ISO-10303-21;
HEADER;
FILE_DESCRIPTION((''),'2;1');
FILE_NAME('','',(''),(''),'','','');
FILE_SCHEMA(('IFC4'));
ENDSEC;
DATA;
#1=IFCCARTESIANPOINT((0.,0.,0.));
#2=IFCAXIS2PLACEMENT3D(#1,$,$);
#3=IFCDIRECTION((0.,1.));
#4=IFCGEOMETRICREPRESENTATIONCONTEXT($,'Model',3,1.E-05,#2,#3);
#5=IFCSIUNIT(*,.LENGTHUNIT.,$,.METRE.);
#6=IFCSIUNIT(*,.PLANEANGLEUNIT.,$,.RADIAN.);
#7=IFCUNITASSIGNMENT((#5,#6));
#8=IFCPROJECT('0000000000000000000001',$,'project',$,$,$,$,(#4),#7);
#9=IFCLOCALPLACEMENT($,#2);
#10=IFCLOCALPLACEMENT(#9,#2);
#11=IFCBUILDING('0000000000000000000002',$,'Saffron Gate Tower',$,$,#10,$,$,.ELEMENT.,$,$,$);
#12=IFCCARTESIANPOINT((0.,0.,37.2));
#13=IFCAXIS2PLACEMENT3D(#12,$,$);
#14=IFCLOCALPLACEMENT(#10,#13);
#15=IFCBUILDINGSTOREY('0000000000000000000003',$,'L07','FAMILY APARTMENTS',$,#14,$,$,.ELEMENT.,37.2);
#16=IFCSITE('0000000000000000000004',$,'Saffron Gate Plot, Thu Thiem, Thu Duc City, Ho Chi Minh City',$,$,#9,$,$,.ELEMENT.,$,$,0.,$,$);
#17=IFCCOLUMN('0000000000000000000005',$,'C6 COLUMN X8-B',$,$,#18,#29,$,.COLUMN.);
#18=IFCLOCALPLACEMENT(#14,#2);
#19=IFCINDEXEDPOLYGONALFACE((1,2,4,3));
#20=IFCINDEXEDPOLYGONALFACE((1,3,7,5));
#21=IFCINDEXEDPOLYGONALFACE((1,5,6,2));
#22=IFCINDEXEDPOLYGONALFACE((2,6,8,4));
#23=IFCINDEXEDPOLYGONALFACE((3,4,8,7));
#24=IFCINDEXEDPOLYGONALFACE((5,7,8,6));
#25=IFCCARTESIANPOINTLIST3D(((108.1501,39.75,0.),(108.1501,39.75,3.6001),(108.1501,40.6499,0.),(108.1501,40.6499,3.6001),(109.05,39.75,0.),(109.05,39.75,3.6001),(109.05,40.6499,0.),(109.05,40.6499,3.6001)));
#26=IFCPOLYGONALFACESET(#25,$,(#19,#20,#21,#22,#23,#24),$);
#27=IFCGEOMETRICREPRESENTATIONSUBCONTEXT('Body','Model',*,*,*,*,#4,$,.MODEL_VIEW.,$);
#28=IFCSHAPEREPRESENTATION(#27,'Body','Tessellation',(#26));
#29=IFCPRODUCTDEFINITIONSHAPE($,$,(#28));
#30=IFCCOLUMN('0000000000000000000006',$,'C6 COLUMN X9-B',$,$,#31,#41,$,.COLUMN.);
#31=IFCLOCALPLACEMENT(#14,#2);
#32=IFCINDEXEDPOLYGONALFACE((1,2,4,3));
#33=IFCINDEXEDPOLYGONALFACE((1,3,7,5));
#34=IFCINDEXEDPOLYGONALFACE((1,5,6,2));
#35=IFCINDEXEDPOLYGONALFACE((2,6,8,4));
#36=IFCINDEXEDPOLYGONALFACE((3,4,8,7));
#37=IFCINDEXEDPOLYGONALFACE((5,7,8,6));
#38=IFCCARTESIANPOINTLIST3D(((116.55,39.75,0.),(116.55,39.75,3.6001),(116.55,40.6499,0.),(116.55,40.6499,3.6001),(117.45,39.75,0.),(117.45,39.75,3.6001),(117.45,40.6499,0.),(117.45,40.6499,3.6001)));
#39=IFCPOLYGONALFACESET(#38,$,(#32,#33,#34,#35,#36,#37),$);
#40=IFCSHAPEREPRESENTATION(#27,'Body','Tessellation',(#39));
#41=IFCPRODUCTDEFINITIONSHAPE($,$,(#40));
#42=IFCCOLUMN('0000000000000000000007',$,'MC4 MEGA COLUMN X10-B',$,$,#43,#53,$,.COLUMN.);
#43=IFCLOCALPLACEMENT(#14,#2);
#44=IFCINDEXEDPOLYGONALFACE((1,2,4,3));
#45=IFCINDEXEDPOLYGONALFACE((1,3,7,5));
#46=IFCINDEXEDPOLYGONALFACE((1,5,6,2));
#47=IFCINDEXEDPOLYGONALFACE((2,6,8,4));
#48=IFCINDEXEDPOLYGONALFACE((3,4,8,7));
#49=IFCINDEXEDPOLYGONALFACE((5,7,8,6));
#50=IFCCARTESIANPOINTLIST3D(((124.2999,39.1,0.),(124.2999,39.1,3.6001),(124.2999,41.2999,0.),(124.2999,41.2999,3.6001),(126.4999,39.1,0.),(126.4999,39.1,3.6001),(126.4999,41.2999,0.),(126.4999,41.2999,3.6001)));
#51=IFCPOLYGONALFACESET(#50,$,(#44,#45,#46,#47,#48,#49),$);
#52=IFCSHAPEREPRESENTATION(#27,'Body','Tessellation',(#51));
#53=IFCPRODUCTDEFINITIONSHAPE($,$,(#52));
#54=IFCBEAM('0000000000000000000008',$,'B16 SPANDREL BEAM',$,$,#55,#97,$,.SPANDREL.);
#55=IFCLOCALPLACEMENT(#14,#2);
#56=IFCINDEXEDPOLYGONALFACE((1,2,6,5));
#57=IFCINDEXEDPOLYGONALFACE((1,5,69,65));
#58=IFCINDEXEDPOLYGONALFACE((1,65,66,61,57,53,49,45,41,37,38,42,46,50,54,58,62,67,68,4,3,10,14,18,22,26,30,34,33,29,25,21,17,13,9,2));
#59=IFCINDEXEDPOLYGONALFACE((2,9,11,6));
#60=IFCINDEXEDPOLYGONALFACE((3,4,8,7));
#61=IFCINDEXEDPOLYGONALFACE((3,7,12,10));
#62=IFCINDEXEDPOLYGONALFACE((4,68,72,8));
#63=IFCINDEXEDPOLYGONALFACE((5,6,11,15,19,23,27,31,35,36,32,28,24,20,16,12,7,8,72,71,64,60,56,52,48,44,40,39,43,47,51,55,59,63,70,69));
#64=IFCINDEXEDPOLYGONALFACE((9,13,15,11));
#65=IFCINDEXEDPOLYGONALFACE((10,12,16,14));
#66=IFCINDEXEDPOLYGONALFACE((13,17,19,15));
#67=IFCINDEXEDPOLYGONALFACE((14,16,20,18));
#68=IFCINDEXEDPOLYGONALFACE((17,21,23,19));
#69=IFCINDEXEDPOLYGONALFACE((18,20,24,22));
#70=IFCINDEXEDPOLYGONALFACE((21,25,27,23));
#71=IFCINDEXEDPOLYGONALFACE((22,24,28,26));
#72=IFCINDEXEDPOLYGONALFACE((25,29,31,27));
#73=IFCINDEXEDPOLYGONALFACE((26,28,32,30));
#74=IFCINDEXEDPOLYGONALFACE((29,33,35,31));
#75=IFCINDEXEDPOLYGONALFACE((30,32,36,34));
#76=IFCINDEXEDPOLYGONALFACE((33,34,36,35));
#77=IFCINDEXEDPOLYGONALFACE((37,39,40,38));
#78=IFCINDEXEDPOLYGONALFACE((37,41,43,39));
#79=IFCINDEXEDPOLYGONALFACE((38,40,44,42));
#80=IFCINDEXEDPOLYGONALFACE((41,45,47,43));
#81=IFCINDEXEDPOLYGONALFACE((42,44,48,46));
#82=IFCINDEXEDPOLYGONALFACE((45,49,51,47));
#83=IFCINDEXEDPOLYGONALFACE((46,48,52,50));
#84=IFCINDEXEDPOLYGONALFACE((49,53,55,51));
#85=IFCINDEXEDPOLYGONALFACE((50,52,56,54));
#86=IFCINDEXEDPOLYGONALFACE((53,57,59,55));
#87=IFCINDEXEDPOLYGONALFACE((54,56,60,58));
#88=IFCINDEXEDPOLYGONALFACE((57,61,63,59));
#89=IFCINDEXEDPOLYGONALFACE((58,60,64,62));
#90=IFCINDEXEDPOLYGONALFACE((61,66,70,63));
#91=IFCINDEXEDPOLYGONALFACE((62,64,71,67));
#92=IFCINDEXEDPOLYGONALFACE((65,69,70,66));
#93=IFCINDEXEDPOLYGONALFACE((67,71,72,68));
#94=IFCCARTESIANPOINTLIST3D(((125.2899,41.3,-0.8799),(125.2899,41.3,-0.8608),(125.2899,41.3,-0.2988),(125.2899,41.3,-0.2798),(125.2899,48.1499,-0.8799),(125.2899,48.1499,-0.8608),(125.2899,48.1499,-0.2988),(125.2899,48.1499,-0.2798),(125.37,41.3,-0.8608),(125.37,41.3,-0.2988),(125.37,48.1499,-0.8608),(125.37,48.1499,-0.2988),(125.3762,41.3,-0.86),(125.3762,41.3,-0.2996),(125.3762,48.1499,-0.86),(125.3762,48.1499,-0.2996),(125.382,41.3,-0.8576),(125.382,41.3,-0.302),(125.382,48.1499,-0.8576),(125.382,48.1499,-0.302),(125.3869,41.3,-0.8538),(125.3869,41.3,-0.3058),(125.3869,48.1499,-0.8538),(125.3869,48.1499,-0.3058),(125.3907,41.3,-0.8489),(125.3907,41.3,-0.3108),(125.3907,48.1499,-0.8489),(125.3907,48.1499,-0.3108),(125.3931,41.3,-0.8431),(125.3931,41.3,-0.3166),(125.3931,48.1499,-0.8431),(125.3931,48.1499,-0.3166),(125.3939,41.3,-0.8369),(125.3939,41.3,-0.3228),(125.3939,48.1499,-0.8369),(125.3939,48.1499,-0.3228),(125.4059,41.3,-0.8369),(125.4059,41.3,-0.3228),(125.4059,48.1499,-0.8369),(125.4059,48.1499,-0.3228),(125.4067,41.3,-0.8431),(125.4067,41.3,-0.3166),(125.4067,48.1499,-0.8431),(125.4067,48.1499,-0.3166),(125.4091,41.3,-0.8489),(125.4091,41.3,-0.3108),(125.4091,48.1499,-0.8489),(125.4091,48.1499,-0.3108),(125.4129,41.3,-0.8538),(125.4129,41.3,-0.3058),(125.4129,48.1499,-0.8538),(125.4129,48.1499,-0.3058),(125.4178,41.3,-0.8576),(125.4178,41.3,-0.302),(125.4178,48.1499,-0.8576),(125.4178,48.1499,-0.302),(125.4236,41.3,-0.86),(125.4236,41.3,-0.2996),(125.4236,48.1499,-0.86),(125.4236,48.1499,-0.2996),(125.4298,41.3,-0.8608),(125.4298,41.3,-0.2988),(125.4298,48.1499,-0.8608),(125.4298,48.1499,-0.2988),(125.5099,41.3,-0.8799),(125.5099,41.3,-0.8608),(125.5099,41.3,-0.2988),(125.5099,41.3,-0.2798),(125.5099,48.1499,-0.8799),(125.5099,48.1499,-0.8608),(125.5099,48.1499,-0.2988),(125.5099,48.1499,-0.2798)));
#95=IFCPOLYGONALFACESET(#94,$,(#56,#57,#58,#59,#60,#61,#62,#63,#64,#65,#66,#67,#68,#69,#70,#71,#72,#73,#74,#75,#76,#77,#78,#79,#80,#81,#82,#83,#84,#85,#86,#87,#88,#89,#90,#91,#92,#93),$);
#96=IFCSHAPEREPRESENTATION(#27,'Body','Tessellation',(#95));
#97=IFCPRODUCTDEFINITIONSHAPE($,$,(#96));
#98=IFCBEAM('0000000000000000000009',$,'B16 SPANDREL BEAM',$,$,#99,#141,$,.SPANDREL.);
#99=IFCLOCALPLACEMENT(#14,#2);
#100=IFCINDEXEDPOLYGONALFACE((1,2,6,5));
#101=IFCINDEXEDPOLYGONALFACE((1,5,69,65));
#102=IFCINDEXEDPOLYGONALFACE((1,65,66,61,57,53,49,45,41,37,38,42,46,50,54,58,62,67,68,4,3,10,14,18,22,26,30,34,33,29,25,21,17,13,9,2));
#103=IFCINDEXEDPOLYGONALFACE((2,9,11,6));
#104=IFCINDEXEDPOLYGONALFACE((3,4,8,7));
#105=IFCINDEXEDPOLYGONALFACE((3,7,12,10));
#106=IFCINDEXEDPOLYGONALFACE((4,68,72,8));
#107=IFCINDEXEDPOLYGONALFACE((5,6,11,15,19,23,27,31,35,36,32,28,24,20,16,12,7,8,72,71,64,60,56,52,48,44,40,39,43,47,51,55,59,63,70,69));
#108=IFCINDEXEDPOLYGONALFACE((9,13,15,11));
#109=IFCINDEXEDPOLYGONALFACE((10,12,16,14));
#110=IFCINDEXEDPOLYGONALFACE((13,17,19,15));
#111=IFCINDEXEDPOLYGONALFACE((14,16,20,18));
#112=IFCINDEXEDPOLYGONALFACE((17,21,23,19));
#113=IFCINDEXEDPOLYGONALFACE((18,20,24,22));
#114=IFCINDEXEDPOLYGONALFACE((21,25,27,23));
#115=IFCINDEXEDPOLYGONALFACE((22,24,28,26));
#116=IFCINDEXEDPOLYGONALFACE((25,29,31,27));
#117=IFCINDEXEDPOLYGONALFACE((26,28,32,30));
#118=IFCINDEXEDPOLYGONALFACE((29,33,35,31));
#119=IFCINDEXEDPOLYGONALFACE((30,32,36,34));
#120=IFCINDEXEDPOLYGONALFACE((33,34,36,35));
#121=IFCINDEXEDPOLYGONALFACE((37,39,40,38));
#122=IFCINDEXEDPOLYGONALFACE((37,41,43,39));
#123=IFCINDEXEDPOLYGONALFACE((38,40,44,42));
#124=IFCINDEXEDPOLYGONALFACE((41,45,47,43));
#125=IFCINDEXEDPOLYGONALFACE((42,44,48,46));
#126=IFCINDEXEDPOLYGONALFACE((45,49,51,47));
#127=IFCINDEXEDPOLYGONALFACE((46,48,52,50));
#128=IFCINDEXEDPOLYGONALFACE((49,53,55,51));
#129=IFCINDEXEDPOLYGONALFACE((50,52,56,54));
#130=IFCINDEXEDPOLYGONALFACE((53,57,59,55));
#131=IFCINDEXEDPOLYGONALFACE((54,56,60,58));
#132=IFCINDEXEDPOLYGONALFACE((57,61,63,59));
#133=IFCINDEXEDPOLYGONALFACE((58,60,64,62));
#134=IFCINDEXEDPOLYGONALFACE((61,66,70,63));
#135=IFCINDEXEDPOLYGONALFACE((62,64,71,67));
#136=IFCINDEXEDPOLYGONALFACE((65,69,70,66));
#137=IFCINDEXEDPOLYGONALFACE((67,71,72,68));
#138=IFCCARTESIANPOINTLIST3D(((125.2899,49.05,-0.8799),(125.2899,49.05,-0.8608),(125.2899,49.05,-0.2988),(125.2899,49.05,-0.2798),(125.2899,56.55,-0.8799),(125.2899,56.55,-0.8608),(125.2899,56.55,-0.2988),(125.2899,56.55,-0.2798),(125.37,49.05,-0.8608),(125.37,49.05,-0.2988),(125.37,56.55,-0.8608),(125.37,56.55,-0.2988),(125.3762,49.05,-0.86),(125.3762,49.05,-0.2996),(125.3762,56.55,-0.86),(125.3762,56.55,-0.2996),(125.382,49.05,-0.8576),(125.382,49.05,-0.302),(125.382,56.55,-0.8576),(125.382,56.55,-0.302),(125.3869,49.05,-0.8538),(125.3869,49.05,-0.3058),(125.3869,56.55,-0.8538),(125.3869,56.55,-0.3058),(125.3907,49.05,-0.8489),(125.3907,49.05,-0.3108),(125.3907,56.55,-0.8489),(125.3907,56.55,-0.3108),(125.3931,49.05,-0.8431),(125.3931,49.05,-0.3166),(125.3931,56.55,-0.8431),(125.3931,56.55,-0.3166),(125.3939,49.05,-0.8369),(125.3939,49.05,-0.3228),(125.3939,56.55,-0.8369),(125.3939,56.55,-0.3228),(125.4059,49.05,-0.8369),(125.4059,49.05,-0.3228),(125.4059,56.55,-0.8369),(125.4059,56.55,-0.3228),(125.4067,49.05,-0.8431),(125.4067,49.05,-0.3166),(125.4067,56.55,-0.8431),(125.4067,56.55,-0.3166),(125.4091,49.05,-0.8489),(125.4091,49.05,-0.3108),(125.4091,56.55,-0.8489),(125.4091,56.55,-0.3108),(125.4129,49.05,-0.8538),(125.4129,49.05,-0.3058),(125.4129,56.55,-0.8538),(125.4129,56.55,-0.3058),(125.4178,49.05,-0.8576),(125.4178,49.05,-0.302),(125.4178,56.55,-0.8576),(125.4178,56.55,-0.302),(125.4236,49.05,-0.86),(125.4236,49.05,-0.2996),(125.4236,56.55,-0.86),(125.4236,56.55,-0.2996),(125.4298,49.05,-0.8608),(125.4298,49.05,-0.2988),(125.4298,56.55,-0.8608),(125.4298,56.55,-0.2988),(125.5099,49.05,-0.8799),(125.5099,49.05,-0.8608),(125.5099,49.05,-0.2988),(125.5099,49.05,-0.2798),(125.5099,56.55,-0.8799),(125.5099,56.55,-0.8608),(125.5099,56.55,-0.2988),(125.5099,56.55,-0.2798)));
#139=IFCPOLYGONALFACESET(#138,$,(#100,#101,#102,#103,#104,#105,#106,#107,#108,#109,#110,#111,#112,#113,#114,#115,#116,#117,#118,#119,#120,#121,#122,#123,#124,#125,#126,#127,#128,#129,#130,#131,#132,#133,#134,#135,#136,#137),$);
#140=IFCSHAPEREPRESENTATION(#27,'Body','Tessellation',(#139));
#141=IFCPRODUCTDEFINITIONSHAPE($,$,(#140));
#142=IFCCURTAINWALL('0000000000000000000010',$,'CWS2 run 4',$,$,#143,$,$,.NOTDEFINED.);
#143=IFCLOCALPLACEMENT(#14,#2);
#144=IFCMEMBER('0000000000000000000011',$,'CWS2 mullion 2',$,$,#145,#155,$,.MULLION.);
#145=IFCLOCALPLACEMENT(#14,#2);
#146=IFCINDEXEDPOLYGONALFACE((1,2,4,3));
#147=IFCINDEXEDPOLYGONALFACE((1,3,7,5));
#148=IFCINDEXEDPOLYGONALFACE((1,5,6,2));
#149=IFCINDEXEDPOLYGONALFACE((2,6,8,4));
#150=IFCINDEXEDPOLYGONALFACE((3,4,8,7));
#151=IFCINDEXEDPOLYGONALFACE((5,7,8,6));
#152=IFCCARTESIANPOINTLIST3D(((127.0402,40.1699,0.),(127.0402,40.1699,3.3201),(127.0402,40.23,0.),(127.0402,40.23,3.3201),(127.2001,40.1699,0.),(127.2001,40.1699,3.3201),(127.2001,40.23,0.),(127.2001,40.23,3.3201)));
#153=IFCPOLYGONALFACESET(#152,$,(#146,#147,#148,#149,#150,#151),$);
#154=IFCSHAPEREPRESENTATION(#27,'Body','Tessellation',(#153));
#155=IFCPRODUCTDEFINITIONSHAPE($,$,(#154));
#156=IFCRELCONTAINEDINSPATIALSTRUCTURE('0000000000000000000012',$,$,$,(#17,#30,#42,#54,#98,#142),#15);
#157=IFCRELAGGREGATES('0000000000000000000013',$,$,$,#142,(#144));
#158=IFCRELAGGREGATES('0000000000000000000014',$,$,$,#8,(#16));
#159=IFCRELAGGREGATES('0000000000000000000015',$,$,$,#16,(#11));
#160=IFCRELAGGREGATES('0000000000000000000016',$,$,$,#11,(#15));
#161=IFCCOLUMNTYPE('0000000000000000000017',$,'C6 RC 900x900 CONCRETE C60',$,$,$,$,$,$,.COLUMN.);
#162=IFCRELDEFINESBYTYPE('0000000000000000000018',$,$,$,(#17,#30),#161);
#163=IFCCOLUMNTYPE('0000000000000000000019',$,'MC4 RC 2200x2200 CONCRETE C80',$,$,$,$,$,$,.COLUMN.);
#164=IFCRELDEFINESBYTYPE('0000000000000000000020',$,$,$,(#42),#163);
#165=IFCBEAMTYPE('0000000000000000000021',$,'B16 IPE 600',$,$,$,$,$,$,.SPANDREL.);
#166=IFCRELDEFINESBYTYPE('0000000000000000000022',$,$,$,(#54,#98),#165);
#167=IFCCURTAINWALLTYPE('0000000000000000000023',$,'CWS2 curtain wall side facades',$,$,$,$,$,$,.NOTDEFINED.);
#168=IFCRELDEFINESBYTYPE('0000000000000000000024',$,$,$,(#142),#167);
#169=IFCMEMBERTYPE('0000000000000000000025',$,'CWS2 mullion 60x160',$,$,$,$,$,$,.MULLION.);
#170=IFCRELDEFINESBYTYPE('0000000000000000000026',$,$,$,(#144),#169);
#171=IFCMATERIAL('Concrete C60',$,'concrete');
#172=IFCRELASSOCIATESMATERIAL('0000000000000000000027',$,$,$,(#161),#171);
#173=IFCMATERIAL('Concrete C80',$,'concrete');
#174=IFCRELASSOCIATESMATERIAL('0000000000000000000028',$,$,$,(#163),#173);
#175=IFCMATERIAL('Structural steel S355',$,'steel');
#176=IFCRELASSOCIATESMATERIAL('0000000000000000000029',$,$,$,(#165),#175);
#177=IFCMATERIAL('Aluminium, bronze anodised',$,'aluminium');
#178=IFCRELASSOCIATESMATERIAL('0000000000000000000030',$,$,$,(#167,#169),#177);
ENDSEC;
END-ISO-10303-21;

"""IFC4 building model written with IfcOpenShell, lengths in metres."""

from ifc_helpers import new_model, si_unit, direction, frame, origin, origin_2d, place, context, subcontext, project, spatial, rectangle, i_section, extrude, material, material_profile, profile_set, type_object, element, aggregate, save


model = new_model("IFC4")

# Units and contexts
model_context = context("Model", 3, precision=1e-05, world=origin(), true_north=direction((0.0, 1.0)))
body_context = subcontext(model_context, "Body", "Model", "MODEL_VIEW")
ifc_project = project(units=[si_unit("LENGTHUNIT", "METRE"), si_unit("PLANEANGLEUNIT", "RADIAN")], contexts=[model_context])

# Site, building, storey
site_placement = place(None, origin())
site = spatial("IfcSite", under=ifc_project, at=site_placement, Name="Saffron Gate Plot, Thu Thiem, Thu Duc City, Ho Chi Minh City", CompositionType="ELEMENT", RefElevation=0.0)
building_placement = place(site_placement, origin())
building = spatial("IfcBuilding", under=site, at=building_placement, Name="Saffron Gate Tower", CompositionType="ELEMENT")
storey_placement = place(building_placement, frame((0.0, 0.0, 37.2)))
storey = spatial("IfcBuildingStorey", under=building, at=storey_placement, Name="L07", Description="FAMILY APARTMENTS", CompositionType="ELEMENT", Elevation=37.2)

# Columns
ifc_material_1 = material(Name="Concrete C60", Category="concrete")
ifc_material_profile_1 = material_profile(ifc_material_1, rectangle(XDim=0.8999, YDim=0.8999, at=origin_2d()))
ifc_profile_set_1 = profile_set([ifc_material_profile_1], Name="Concrete C60")
column_type_1 = type_object("IfcColumnType", Name="C6 RC 900x900 CONCRETE C60", PredefinedType="COLUMN", material=ifc_profile_set_1)
for number, where, z_axis, x_axis, name in (
    (1, (108.6001, 40.2, 0.0), (0.0, 0.0, 1.0), (1.0, 0.0, 0.0), "C6 COLUMN X8-B"),
    (2, (117.0, 40.2, 0.0), (0.0, 0.0, 1.0), (1.0, 0.0, 0.0), "C6 COLUMN X9-B"),
):
    element("IfcColumn", number, at=place(storey_placement, frame(where, z_axis=z_axis, x_axis=x_axis)), inside=storey, type_object=column_type_1, Name=name, PredefinedType="COLUMN", context=body_context, shape_type="SweptSolid", body=[
        extrude(rectangle(XDim=0.8999, YDim=0.8999, at=origin_2d()), origin(), (0.0, 0.0, 1.0), 3.6001),
    ])
ifc_material_2 = material(Name="Concrete C80", Category="concrete")
ifc_material_profile_2 = material_profile(ifc_material_2, rectangle(XDim=2.2, YDim=2.2, at=origin_2d()))
ifc_profile_set_2 = profile_set([ifc_material_profile_2], Name="Concrete C80")
column_type_2 = type_object("IfcColumnType", Name="MC4 RC 2200x2200 CONCRETE C80", PredefinedType="COLUMN", material=ifc_profile_set_2)
column_placement = place(storey_placement, frame((125.3999, 40.2, 0.0), z_axis=(0.0, 0.0, 1.0), x_axis=(1.0, 0.0, 0.0)))
element("IfcColumn", 3, at=column_placement, inside=storey, type_object=column_type_2, Name="MC4 MEGA COLUMN X10-B", PredefinedType="COLUMN", context=body_context, shape_type="SweptSolid", body=[
    extrude(rectangle(XDim=2.2, YDim=2.2, at=origin_2d()), origin(), (0.0, 0.0, 1.0), 3.6001),
])

# Beams
ifc_material_3 = material(Name="Structural steel S355", Category="steel")
ifc_material_profile_3 = material_profile(ifc_material_3, i_section(OverallWidth=0.22, OverallDepth=0.6001, WebThickness=0.012, FlangeThickness=0.019, FilletRadius=0.0239, at=origin_2d()))
ifc_profile_set_3 = profile_set([ifc_material_profile_3], Name="Structural steel S355")
beam_type = type_object("IfcBeamType", Name="B16 IPE 600", PredefinedType="SPANDREL", material=ifc_profile_set_3)
beam_1_placement = place(storey_placement, frame((125.3999, 41.3, -0.5798), z_axis=(0.0, 1.0, 0.0), x_axis=(-1.0, 0.0, 0.0)))
element("IfcBeam", 4, at=beam_1_placement, inside=storey, type_object=beam_type, Name="B16 SPANDREL BEAM", PredefinedType="SPANDREL", context=body_context, shape_type="SweptSolid", body=[
    extrude(i_section(OverallWidth=0.22, OverallDepth=0.6001, WebThickness=0.012, FlangeThickness=0.019, FilletRadius=0.0239, at=origin_2d()), origin(), (0.0, 0.0, 1.0), 6.8499),
])
beam_2_placement = place(storey_placement, frame((125.3999, 49.05, -0.5798), z_axis=(0.0, 1.0, 0.0), x_axis=(-1.0, 0.0, 0.0)))
element("IfcBeam", 5, at=beam_2_placement, inside=storey, type_object=beam_type, Name="B16 SPANDREL BEAM", PredefinedType="SPANDREL", context=body_context, shape_type="SweptSolid", body=[
    extrude(i_section(OverallWidth=0.22, OverallDepth=0.6001, WebThickness=0.012, FlangeThickness=0.019, FilletRadius=0.0239, at=origin_2d()), origin(), (0.0, 0.0, 1.0), 7.5),
])

# Curtain wall, member
ifc_material_4 = material(Name="Aluminium, bronze anodised", Category="aluminium")
curtain_wall_type_1 = type_object("IfcCurtainWallType", Name="CWS2 curtain wall side facades", PredefinedType="NOTDEFINED", material=ifc_material_4)
curtain_wall_1_placement = place(storey_placement, origin())
curtain_wall_1 = element("IfcCurtainWall", 6, at=curtain_wall_1_placement, inside=storey, type_object=curtain_wall_type_1, Name="CWS2 run 4", PredefinedType="NOTDEFINED")
ifc_material_profile_4 = material_profile(ifc_material_4, rectangle(XDim=0.1599, YDim=0.0601, at=origin_2d()))
ifc_profile_set_4 = profile_set([ifc_material_profile_4], Name="Aluminium, bronze anodised")
member_type = type_object("IfcMemberType", Name="CWS2 mullion 60x160", PredefinedType="MULLION", material=ifc_profile_set_4)
member_placement = place(storey_placement, frame((127.1201, 40.2, 0.0), z_axis=(0.0, 0.0, 1.0), x_axis=(-1.0, 0.0, 0.0)))
member = element("IfcMember", 7, at=member_placement, type_object=member_type, Name="CWS2 mullion 2", PredefinedType="MULLION", context=body_context, shape_type="SweptSolid", body=[
    extrude(rectangle(XDim=0.1599, YDim=0.0601, at=origin_2d()), origin(), (0.0, 0.0, 1.0), 3.3201),
])
aggregate(curtain_wall_1, [member])

save(model, "model.ifc")
